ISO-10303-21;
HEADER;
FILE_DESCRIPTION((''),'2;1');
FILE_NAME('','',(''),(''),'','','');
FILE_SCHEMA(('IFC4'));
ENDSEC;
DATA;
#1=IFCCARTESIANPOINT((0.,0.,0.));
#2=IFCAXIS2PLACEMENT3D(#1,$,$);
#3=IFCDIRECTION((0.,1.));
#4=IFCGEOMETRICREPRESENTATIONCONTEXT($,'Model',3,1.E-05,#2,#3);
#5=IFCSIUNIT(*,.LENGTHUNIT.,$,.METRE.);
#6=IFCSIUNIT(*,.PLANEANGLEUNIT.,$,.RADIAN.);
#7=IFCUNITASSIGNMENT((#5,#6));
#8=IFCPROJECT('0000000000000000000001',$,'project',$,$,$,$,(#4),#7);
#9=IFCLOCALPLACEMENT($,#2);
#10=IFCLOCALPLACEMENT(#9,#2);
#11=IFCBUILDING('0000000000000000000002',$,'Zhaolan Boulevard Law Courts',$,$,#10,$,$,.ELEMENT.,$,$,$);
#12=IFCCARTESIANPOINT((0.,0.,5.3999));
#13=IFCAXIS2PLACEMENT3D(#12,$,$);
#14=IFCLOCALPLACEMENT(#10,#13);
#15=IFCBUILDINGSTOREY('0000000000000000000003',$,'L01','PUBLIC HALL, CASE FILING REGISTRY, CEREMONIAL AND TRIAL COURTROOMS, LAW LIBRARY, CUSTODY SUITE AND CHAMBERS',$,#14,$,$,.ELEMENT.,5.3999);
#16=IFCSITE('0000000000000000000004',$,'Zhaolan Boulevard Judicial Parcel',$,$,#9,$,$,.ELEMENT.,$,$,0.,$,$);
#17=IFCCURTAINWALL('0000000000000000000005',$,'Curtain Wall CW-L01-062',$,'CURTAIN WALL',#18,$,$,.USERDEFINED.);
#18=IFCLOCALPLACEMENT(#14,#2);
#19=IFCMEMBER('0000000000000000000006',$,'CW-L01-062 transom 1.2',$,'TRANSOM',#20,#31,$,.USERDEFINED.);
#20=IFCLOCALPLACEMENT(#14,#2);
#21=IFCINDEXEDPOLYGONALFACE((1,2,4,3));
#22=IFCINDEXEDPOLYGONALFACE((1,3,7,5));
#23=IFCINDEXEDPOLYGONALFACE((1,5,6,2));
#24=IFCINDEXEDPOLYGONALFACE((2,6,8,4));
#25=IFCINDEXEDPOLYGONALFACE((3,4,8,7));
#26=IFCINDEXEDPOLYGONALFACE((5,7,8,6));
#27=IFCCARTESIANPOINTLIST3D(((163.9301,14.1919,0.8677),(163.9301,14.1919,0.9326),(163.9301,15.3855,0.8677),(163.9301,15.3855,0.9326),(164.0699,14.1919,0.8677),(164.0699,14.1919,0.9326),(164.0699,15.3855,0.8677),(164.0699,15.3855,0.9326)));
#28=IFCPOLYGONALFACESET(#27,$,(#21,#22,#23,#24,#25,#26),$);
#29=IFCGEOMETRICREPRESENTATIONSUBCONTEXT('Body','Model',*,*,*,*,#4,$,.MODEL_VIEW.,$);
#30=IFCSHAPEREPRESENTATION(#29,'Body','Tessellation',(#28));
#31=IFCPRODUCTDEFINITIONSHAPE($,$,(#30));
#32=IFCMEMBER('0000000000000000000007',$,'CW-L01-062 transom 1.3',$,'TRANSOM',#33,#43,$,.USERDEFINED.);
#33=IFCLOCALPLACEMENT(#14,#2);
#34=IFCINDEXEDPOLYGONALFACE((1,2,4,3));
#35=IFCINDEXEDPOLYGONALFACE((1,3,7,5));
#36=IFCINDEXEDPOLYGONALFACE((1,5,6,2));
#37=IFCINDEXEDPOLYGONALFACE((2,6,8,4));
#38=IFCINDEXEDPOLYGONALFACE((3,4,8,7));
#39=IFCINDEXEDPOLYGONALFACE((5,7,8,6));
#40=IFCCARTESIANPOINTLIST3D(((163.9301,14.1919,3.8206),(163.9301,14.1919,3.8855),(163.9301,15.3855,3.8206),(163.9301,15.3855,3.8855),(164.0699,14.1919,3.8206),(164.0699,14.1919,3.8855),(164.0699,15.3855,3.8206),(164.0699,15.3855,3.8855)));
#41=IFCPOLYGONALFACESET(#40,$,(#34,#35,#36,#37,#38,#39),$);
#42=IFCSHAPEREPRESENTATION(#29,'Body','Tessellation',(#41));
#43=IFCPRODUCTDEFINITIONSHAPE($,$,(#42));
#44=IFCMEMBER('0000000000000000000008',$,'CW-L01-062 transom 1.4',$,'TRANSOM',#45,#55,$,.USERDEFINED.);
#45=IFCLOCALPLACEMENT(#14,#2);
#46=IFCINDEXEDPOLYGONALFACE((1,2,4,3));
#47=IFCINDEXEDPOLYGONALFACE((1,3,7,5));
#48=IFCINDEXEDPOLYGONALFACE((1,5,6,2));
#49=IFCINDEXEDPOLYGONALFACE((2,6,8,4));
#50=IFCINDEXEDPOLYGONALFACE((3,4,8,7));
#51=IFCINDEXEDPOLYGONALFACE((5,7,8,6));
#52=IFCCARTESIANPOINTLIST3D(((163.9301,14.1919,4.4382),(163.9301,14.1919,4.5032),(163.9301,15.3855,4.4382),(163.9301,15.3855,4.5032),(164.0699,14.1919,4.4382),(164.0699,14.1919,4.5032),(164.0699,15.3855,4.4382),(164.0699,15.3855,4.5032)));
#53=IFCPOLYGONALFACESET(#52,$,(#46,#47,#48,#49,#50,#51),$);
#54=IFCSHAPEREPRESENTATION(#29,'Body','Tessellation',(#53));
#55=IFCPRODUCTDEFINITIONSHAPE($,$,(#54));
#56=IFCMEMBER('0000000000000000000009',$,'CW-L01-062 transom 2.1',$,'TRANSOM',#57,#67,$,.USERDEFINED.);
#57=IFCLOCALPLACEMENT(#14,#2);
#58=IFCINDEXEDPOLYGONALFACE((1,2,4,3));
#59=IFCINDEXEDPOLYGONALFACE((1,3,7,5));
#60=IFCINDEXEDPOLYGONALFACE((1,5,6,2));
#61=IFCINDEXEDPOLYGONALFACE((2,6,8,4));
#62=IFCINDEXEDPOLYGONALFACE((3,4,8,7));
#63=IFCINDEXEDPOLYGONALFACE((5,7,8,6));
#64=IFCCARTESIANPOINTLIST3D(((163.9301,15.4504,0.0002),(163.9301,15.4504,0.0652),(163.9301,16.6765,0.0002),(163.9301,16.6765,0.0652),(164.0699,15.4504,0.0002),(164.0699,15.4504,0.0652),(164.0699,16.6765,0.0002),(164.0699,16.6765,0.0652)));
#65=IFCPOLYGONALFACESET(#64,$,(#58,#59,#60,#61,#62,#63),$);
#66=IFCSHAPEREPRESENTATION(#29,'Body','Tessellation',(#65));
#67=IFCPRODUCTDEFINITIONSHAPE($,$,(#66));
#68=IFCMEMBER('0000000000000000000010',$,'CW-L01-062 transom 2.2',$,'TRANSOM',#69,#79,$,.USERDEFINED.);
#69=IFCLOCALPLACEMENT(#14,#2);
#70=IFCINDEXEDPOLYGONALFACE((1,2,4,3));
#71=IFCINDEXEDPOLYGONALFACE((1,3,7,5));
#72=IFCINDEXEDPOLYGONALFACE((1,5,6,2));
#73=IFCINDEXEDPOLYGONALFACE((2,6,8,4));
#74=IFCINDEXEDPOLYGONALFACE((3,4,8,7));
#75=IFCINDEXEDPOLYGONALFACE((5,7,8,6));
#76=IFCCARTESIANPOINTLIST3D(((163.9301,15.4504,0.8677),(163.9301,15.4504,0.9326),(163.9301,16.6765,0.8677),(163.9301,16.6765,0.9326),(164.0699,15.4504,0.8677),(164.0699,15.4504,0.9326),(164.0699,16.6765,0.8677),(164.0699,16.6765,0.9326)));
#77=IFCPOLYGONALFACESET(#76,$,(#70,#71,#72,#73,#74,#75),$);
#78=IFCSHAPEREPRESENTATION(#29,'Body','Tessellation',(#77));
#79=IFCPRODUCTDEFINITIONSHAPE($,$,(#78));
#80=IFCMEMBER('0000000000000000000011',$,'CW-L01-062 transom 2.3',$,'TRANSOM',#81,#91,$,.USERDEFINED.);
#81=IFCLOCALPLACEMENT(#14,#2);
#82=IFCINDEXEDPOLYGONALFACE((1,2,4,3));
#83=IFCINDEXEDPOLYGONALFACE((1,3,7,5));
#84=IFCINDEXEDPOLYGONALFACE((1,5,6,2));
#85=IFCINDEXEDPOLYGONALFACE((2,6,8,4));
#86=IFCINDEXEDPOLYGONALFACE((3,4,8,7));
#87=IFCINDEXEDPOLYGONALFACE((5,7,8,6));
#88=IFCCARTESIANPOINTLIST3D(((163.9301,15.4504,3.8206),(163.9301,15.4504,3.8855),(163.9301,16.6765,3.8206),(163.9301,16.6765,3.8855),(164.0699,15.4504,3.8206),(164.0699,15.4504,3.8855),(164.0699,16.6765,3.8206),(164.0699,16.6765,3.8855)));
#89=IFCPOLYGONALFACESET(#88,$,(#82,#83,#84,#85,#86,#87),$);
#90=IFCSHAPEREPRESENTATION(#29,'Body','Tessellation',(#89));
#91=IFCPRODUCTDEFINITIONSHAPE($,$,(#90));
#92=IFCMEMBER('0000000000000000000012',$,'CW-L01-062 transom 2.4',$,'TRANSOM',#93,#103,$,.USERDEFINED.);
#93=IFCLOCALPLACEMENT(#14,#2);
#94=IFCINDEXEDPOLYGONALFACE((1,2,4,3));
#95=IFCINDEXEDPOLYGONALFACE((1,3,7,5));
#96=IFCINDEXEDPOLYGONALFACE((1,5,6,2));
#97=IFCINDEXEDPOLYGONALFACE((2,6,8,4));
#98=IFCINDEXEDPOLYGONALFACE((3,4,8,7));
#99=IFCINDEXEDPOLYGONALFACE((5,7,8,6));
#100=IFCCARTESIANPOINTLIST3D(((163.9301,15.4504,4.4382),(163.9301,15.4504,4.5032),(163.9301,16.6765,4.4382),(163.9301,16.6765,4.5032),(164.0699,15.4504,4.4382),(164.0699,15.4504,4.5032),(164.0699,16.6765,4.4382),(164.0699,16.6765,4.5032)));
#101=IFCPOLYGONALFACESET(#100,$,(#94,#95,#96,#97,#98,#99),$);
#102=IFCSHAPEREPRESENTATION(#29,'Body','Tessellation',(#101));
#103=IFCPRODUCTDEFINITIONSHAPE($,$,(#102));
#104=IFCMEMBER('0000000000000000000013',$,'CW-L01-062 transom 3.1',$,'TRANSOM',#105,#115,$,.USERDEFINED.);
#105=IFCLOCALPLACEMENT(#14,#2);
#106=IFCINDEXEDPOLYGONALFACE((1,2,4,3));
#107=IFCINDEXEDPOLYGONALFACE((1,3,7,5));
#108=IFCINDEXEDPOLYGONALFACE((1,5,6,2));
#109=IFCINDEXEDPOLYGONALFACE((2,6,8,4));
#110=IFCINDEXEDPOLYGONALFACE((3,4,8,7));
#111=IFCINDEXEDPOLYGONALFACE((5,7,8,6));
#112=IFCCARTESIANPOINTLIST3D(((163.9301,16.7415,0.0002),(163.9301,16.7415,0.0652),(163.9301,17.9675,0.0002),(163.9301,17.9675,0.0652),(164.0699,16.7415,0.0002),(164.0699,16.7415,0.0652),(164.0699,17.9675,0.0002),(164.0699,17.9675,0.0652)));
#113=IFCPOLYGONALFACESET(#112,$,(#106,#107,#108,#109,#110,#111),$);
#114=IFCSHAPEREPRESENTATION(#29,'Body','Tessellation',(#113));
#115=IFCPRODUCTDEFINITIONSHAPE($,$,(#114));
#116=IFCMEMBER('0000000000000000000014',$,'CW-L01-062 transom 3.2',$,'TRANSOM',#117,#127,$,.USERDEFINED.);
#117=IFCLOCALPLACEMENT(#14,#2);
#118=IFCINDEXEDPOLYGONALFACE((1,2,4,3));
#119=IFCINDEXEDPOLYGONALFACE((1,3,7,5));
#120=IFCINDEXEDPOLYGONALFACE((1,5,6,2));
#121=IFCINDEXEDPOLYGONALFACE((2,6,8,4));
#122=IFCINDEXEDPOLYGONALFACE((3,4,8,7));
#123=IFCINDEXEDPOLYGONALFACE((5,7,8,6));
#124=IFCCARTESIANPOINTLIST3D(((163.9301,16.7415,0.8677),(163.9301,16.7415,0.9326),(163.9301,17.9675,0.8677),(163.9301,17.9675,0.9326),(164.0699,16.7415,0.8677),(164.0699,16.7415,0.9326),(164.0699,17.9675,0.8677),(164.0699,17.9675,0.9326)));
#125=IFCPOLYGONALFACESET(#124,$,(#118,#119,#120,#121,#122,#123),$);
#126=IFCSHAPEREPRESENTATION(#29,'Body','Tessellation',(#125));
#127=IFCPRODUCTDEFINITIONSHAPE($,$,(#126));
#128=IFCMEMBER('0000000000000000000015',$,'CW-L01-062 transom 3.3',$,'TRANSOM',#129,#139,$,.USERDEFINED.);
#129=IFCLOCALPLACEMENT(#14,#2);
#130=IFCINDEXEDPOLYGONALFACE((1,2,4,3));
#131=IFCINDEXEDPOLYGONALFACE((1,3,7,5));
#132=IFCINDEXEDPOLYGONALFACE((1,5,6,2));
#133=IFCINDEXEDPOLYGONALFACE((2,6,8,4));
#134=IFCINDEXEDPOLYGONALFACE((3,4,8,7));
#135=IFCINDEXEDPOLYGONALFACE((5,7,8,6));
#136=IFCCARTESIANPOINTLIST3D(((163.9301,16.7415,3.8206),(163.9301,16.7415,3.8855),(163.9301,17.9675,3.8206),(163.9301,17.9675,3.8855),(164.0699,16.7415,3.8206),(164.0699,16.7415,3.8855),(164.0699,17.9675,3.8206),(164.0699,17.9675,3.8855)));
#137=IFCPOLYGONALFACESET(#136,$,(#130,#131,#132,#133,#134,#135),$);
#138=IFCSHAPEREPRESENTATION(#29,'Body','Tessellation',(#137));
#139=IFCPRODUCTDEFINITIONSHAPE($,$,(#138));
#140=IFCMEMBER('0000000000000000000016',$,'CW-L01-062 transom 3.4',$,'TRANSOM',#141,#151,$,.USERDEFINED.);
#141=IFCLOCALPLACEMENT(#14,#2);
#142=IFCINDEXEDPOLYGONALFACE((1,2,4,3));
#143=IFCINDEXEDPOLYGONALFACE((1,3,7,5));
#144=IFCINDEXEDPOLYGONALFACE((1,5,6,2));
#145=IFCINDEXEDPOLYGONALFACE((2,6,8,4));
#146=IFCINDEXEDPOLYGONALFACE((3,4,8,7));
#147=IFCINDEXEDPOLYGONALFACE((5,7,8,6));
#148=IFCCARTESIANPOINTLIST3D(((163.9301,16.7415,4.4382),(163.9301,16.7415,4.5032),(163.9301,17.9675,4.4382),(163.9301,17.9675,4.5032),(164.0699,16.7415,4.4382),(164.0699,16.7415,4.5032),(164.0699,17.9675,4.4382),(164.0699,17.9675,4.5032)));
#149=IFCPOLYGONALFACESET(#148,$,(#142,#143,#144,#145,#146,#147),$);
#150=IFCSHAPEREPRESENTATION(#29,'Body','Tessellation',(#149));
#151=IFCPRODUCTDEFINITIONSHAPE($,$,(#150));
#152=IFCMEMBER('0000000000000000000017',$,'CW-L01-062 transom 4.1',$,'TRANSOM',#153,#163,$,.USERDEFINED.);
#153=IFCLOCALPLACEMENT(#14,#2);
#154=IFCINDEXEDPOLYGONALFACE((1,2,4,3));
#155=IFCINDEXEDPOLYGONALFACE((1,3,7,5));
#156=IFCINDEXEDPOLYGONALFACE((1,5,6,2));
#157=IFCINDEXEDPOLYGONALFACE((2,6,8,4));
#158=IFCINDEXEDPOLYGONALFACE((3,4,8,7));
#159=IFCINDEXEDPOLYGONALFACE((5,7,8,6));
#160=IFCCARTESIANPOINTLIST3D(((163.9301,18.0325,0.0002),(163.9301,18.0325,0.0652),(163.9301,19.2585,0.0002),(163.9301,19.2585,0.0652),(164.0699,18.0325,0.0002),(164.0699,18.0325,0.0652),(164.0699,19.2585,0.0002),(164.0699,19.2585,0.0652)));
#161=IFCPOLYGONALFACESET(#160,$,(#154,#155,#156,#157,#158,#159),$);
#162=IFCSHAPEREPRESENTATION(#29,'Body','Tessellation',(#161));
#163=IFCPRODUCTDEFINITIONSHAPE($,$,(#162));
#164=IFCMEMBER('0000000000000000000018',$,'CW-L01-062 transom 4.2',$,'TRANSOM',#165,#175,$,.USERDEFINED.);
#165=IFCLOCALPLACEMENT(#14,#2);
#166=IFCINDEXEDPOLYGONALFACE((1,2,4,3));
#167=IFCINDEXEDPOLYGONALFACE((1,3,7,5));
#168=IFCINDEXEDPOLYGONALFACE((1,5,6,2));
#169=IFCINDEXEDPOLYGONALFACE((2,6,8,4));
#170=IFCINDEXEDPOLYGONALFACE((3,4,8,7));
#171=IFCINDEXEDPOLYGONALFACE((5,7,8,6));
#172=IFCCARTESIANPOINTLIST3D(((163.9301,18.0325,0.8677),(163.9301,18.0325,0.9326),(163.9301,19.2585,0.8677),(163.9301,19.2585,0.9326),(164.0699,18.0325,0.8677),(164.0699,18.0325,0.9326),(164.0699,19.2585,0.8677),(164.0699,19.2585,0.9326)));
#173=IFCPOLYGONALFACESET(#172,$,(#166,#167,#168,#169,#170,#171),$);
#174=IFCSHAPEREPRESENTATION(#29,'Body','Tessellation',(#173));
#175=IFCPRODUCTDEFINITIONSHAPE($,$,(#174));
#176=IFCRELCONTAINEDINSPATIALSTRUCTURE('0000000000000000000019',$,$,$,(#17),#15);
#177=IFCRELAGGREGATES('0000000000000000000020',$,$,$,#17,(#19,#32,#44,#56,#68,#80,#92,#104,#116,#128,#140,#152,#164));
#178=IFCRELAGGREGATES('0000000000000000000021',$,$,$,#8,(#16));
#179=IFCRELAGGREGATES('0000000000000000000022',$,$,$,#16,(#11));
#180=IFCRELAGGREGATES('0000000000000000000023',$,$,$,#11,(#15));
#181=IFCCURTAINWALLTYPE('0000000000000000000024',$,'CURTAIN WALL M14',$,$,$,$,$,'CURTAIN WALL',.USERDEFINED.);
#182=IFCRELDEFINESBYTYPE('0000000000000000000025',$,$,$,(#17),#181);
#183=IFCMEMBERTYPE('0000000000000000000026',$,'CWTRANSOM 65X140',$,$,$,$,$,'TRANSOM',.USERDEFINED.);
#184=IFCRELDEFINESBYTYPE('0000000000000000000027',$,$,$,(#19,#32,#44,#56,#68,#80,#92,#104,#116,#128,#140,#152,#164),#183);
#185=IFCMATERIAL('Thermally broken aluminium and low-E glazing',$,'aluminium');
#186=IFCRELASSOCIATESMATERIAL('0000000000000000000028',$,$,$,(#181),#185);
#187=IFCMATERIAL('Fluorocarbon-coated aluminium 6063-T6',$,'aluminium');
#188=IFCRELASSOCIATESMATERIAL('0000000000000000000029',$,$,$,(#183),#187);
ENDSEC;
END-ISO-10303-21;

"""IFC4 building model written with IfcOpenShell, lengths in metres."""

from ifc_helpers import new_model, si_unit, direction, frame, origin, origin_2d, place, context, subcontext, project, spatial, rectangle, extrude, material, material_profile, profile_set, type_object, element, aggregate, save


model = new_model("IFC4")

# Units and contexts
model_context = context("Model", 3, precision=1e-05, world=origin(), true_north=direction((0.0, 1.0)))
body_context = subcontext(model_context, "Body", "Model", "MODEL_VIEW")
ifc_project = project(units=[si_unit("LENGTHUNIT", "METRE"), si_unit("PLANEANGLEUNIT", "RADIAN")], contexts=[model_context])

# Site, building, storey
site_placement = place(None, origin())
site = spatial("IfcSite", under=ifc_project, at=site_placement, Name="Zhaolan Boulevard Judicial Parcel", CompositionType="ELEMENT", RefElevation=0.0)
building_placement = place(site_placement, origin())
building = spatial("IfcBuilding", under=site, at=building_placement, Name="Zhaolan Boulevard Law Courts", CompositionType="ELEMENT")
storey_placement = place(building_placement, frame((0.0, 0.0, 5.3999)))
storey = spatial("IfcBuildingStorey", under=building, at=storey_placement, Name="L01", Description="PUBLIC HALL, CASE FILING REGISTRY, CEREMONIAL AND TRIAL COURTROOMS, LAW LIBRARY, CUSTODY SUITE AND CHAMBERS", CompositionType="ELEMENT", Elevation=5.3999)

# Curtain wall
ifc_material_1 = material(Name="Thermally broken aluminium and low-E glazing", Category="aluminium")
curtain_wall_type_1 = type_object("IfcCurtainWallType", Name="CURTAIN WALL M14", ElementType="CURTAIN WALL", PredefinedType="USERDEFINED", material=ifc_material_1)
curtain_wall_1_placement = place(storey_placement, origin())
curtain_wall_1 = element("IfcCurtainWall", 1, at=curtain_wall_1_placement, inside=storey, type_object=curtain_wall_type_1, Name="Curtain Wall CW-L01-062", ObjectType="CURTAIN WALL", PredefinedType="USERDEFINED")

# Members
ifc_material_2 = material(Name="Fluorocarbon-coated aluminium 6063-T6", Category="aluminium")
ifc_material_profile_1 = material_profile(ifc_material_2, rectangle(XDim=0.1399, YDim=0.0649, at=origin_2d()), Name="AL65x140")
ifc_profile_set_1 = profile_set([ifc_material_profile_1], Name="Fluorocarbon-coated aluminium 6063-T6")
member_type_1 = type_object("IfcMemberType", Name="CWTRANSOM 65X140", ElementType="TRANSOM", PredefinedType="USERDEFINED", material=ifc_profile_set_1)
member_1_placement = place(storey_placement, frame((164.0, 14.1919, 0.9001), z_axis=(0.0, 1.0, 0.0), x_axis=(-1.0, 0.0, 0.0)))
member_1 = element("IfcMember", 2, at=member_1_placement, type_object=member_type_1, Name="CW-L01-062 transom 1.2", ObjectType="TRANSOM", PredefinedType="USERDEFINED", context=body_context, shape_type="SweptSolid", body=[
    extrude(rectangle(XDim=0.1399, YDim=0.0649, at=origin_2d()), origin(), (0.0, 0.0, 1.0), 1.1936),
])
member_2_placement = place(storey_placement, frame((164.0, 14.1919, 3.853), z_axis=(0.0, 1.0, 0.0), x_axis=(-1.0, 0.0, 0.0)))
member_2 = element("IfcMember", 3, at=member_2_placement, type_object=member_type_1, Name="CW-L01-062 transom 1.3", ObjectType="TRANSOM", PredefinedType="USERDEFINED", context=body_context, shape_type="SweptSolid", body=[
    extrude(rectangle(XDim=0.1399, YDim=0.0649, at=origin_2d()), origin(), (0.0, 0.0, 1.0), 1.1936),
])
member_3_placement = place(storey_placement, frame((164.0, 14.1919, 4.4707), z_axis=(0.0, 1.0, 0.0), x_axis=(-1.0, 0.0, 0.0)))
member_3 = element("IfcMember", 4, at=member_3_placement, type_object=member_type_1, Name="CW-L01-062 transom 1.4", ObjectType="TRANSOM", PredefinedType="USERDEFINED", context=body_context, shape_type="SweptSolid", body=[
    extrude(rectangle(XDim=0.1399, YDim=0.0649, at=origin_2d()), origin(), (0.0, 0.0, 1.0), 1.1936),
])
member_4_placement = place(storey_placement, frame((164.0, 15.4504, 0.0327), z_axis=(0.0, 1.0, 0.0), x_axis=(-1.0, 0.0, 0.0)))
member_4 = element("IfcMember", 5, at=member_4_placement, type_object=member_type_1, Name="CW-L01-062 transom 2.1", ObjectType="TRANSOM", PredefinedType="USERDEFINED", context=body_context, shape_type="SweptSolid", body=[
    extrude(rectangle(XDim=0.1399, YDim=0.0649, at=origin_2d()), origin(), (0.0, 0.0, 1.0), 1.2261),
])
member_5_placement = place(storey_placement, frame((164.0, 15.4504, 0.9001), z_axis=(0.0, 1.0, 0.0), x_axis=(-1.0, 0.0, 0.0)))
member_5 = element("IfcMember", 6, at=member_5_placement, type_object=member_type_1, Name="CW-L01-062 transom 2.2", ObjectType="TRANSOM", PredefinedType="USERDEFINED", context=body_context, shape_type="SweptSolid", body=[
    extrude(rectangle(XDim=0.1399, YDim=0.0649, at=origin_2d()), origin(), (0.0, 0.0, 1.0), 1.2261),
])
member_6_placement = place(storey_placement, frame((164.0, 15.4504, 3.853), z_axis=(0.0, 1.0, 0.0), x_axis=(-1.0, 0.0, 0.0)))
member_6 = element("IfcMember", 7, at=member_6_placement, type_object=member_type_1, Name="CW-L01-062 transom 2.3", ObjectType="TRANSOM", PredefinedType="USERDEFINED", context=body_context, shape_type="SweptSolid", body=[
    extrude(rectangle(XDim=0.1399, YDim=0.0649, at=origin_2d()), origin(), (0.0, 0.0, 1.0), 1.2261),
])
member_7_placement = place(storey_placement, frame((164.0, 15.4504, 4.4707), z_axis=(0.0, 1.0, 0.0), x_axis=(-1.0, 0.0, 0.0)))
member_7 = element("IfcMember", 8, at=member_7_placement, type_object=member_type_1, Name="CW-L01-062 transom 2.4", ObjectType="TRANSOM", PredefinedType="USERDEFINED", context=body_context, shape_type="SweptSolid", body=[
    extrude(rectangle(XDim=0.1399, YDim=0.0649, at=origin_2d()), origin(), (0.0, 0.0, 1.0), 1.2261),
])
member_8_placement = place(storey_placement, frame((164.0, 16.7415, 0.0327), z_axis=(0.0, 1.0, 0.0), x_axis=(-1.0, 0.0, 0.0)))
member_8 = element("IfcMember", 9, at=member_8_placement, type_object=member_type_1, Name="CW-L01-062 transom 3.1", ObjectType="TRANSOM", PredefinedType="USERDEFINED", context=body_context, shape_type="SweptSolid", body=[
    extrude(rectangle(XDim=0.1399, YDim=0.0649, at=origin_2d()), origin(), (0.0, 0.0, 1.0), 1.2261),
])
member_9_placement = place(storey_placement, frame((164.0, 16.7415, 0.9001), z_axis=(0.0, 1.0, 0.0), x_axis=(-1.0, 0.0, 0.0)))
member_9 = element("IfcMember", 10, at=member_9_placement, type_object=member_type_1, Name="CW-L01-062 transom 3.2", ObjectType="TRANSOM", PredefinedType="USERDEFINED", context=body_context, shape_type="SweptSolid", body=[
    extrude(rectangle(XDim=0.1399, YDim=0.0649, at=origin_2d()), origin(), (0.0, 0.0, 1.0), 1.2261),
])
member_10_placement = place(storey_placement, frame((164.0, 16.7415, 3.853), z_axis=(0.0, 1.0, 0.0), x_axis=(-1.0, 0.0, 0.0)))
member_10 = element("IfcMember", 11, at=member_10_placement, type_object=member_type_1, Name="CW-L01-062 transom 3.3", ObjectType="TRANSOM", PredefinedType="USERDEFINED", context=body_context, shape_type="SweptSolid", body=[
    extrude(rectangle(XDim=0.1399, YDim=0.0649, at=origin_2d()), origin(), (0.0, 0.0, 1.0), 1.2261),
])
member_11_placement = place(storey_placement, frame((164.0, 16.7415, 4.4707), z_axis=(0.0, 1.0, 0.0), x_axis=(-1.0, 0.0, 0.0)))
member_11 = element("IfcMember", 12, at=member_11_placement, type_object=member_type_1, Name="CW-L01-062 transom 3.4", ObjectType="TRANSOM", PredefinedType="USERDEFINED", context=body_context, shape_type="SweptSolid", body=[
    extrude(rectangle(XDim=0.1399, YDim=0.0649, at=origin_2d()), origin(), (0.0, 0.0, 1.0), 1.2261),
])
member_12_placement = place(storey_placement, frame((164.0, 18.0325, 0.0327), z_axis=(0.0, 1.0, 0.0), x_axis=(-1.0, 0.0, 0.0)))
member_12 = element("IfcMember", 13, at=member_12_placement, type_object=member_type_1, Name="CW-L01-062 transom 4.1", ObjectType="TRANSOM", PredefinedType="USERDEFINED", context=body_context, shape_type="SweptSolid", body=[
    extrude(rectangle(XDim=0.1399, YDim=0.0649, at=origin_2d()), origin(), (0.0, 0.0, 1.0), 1.2261),
])
member_13_placement = place(storey_placement, frame((164.0, 18.0325, 0.9001), z_axis=(0.0, 1.0, 0.0), x_axis=(-1.0, 0.0, 0.0)))
member_13 = element("IfcMember", 14, at=member_13_placement, type_object=member_type_1, Name="CW-L01-062 transom 4.2", ObjectType="TRANSOM", PredefinedType="USERDEFINED", context=body_context, shape_type="SweptSolid", body=[
    extrude(rectangle(XDim=0.1399, YDim=0.0649, at=origin_2d()), origin(), (0.0, 0.0, 1.0), 1.2261),
])

aggregate(curtain_wall_1, [member_1, member_2, member_3, member_4, member_5, member_6, member_7, member_8, member_9, member_10, member_11, member_12, member_13])

save(model, "model.ifc")
